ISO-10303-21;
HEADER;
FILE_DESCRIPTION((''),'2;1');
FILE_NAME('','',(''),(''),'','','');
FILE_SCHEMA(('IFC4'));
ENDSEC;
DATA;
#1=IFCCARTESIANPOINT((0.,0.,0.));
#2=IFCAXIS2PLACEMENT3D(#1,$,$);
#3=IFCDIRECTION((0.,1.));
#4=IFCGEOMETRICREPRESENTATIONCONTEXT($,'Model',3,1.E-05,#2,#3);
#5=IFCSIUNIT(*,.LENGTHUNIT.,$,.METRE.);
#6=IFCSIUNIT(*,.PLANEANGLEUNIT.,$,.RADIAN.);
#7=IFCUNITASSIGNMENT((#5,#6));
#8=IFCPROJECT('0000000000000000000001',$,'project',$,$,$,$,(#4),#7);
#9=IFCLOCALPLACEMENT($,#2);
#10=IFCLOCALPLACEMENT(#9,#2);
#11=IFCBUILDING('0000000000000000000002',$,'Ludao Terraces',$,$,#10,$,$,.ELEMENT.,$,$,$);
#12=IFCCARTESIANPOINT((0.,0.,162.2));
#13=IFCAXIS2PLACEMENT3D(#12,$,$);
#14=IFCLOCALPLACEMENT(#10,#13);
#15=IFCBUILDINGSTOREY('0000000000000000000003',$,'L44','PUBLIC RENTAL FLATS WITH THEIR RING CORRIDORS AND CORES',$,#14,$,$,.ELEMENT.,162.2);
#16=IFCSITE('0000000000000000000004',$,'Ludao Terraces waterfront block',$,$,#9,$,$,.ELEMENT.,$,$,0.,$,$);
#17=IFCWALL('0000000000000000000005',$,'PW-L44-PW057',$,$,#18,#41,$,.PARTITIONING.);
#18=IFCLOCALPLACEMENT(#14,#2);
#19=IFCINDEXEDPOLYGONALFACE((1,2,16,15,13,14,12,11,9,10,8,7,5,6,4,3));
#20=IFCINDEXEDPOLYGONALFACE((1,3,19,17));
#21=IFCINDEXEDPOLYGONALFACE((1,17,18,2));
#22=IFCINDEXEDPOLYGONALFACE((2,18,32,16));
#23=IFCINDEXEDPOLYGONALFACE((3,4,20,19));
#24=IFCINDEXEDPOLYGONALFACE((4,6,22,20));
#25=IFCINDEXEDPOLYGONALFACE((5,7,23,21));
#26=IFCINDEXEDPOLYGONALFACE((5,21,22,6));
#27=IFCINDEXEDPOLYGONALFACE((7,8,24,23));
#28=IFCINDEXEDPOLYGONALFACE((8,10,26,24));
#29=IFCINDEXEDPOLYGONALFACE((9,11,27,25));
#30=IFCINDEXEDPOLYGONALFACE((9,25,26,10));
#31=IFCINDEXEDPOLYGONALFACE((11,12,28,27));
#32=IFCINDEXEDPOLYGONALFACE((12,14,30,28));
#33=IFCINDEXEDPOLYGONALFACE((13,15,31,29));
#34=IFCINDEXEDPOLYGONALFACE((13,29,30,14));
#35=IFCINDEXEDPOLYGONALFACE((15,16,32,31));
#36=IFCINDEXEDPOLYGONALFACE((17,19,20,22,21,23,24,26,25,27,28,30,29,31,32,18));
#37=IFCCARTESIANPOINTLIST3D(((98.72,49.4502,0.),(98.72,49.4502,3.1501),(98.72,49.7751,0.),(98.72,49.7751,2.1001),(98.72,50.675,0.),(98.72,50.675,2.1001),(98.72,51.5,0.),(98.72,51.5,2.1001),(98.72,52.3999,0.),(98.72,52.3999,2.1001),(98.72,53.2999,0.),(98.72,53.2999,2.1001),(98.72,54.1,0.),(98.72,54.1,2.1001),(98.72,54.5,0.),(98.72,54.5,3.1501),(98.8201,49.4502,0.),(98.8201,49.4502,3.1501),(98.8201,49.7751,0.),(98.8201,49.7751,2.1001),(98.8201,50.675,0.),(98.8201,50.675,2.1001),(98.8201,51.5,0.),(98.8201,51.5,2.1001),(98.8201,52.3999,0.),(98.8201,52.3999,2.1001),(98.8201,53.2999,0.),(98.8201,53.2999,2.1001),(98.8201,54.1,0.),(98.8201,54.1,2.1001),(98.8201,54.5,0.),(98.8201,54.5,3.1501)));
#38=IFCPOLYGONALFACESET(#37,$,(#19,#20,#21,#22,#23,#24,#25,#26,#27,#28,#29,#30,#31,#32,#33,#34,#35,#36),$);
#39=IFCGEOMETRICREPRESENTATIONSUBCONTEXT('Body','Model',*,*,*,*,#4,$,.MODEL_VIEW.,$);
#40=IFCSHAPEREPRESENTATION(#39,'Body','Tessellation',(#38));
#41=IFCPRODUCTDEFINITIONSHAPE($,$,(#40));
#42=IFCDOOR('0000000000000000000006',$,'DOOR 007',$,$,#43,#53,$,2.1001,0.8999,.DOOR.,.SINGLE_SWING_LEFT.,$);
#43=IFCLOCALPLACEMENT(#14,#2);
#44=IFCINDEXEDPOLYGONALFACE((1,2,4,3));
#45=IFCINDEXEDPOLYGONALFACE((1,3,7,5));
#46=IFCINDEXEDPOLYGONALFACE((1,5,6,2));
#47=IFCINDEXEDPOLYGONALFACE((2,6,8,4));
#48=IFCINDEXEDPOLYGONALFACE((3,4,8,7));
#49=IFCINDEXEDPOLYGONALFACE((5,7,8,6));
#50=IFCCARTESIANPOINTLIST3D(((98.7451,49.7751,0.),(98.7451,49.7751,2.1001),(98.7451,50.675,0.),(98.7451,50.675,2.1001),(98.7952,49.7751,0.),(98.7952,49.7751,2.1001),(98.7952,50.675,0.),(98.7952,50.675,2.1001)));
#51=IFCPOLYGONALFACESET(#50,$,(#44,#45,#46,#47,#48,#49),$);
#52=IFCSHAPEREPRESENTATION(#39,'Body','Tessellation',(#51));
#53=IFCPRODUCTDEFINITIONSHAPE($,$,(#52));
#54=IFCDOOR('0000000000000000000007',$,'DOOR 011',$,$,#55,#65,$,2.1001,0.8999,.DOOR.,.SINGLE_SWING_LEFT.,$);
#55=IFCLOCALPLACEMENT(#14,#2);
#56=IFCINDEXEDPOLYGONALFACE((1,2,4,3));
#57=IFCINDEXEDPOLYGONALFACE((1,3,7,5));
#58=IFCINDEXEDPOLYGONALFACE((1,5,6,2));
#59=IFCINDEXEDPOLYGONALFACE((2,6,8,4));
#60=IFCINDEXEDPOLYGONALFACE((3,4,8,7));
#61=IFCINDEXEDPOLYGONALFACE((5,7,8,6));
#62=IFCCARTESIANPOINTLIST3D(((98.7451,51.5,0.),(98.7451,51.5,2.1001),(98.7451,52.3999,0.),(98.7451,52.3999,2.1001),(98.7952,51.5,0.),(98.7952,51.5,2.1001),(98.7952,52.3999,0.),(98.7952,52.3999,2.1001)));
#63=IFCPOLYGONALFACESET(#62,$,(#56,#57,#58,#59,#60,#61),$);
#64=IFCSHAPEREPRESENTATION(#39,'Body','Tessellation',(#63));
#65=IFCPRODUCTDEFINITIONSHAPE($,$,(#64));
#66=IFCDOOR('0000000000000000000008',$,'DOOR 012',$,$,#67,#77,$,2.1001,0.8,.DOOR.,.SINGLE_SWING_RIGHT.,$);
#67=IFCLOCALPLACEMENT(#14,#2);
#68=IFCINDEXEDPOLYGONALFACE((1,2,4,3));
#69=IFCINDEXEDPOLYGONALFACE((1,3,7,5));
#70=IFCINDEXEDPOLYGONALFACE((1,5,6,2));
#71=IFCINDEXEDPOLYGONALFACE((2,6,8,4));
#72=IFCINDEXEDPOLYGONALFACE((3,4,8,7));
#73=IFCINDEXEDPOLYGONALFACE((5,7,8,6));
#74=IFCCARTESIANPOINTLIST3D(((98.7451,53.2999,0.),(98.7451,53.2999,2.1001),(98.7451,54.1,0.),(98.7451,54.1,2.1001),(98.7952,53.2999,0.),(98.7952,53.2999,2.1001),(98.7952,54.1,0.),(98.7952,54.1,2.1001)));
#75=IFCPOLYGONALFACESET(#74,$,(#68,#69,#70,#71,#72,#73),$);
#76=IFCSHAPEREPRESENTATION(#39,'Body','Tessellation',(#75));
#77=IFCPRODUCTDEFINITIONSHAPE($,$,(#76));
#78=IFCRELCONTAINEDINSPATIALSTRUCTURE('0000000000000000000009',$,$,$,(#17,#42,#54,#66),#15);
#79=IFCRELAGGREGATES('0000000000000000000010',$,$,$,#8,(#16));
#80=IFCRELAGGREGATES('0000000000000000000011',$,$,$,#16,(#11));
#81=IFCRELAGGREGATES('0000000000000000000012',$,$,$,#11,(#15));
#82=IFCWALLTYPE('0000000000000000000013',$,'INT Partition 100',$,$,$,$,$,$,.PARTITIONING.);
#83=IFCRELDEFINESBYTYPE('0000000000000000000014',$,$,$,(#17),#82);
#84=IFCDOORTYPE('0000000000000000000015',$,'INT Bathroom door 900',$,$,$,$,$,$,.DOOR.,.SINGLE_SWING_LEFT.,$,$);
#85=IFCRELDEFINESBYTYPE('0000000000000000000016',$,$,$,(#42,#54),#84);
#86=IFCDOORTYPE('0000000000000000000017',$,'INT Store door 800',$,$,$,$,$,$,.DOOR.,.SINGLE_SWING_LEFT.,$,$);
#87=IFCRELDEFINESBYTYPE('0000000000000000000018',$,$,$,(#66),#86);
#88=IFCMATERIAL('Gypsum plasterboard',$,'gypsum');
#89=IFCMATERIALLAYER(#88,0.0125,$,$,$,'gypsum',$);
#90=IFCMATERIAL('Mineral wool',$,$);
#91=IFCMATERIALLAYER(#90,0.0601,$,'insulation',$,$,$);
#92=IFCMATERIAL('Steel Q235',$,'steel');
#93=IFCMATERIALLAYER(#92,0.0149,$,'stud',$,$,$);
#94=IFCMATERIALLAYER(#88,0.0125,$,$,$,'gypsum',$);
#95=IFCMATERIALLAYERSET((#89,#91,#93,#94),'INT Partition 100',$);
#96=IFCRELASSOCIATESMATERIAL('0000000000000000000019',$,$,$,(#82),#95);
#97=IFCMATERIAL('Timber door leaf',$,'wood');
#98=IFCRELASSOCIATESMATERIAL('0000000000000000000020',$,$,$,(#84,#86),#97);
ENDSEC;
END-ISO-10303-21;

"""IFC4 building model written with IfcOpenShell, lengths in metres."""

from ifc_helpers import new_model, si_unit, direction, frame, frame_2d, origin, place, context, subcontext, project, spatial, rectangle, extrude, material, layer, layer_set, type_object, element, fill, save


model = new_model("IFC4")

# Units and contexts
model_context = context("Model", 3, precision=1e-05, world=origin(), true_north=direction((0.0, 1.0)))
body_context = subcontext(model_context, "Body", "Model", "MODEL_VIEW")
ifc_project = project(units=[si_unit("LENGTHUNIT", "METRE"), si_unit("PLANEANGLEUNIT", "RADIAN")], contexts=[model_context])

# Site, building, storey
site_placement = place(None, origin())
site = spatial("IfcSite", under=ifc_project, at=site_placement, Name="Ludao Terraces waterfront block", CompositionType="ELEMENT", RefElevation=0.0)
building_placement = place(site_placement, origin())
building = spatial("IfcBuilding", under=site, at=building_placement, Name="Ludao Terraces", CompositionType="ELEMENT")
storey_placement = place(building_placement, frame((0.0, 0.0, 162.2)))
storey = spatial("IfcBuildingStorey", under=building, at=storey_placement, Name="L44", Description="PUBLIC RENTAL FLATS WITH THEIR RING CORRIDORS AND CORES", CompositionType="ELEMENT", Elevation=162.2)

# Shared definitions
ifc_material_1 = material(Name="Mineral wool")

# Shared definitions
ifc_material_2 = material(Name="Steel Q235", Category="steel")

# Shared definitions
ifc_material_3 = material(Name="Gypsum plasterboard", Category="gypsum")
ifc_layer_1 = layer(ifc_material_3, 0.0125, Category="gypsum")
ifc_layer_2 = layer(ifc_material_1, 0.0601, Name="insulation")
ifc_layer_3 = layer(ifc_material_2, 0.0149, Name="stud")
ifc_layer_4 = layer(ifc_material_3, 0.0125, Category="gypsum")
ifc_layer_set_1 = layer_set([ifc_layer_1, ifc_layer_2, ifc_layer_3, ifc_layer_4], Name="INT Partition 100")
wall_type_1 = type_object("IfcWallType", Name="INT Partition 100", PredefinedType="PARTITIONING", material=ifc_layer_set_1)

# Wall, openings, doors
wall_1_placement = place(storey_placement, frame((98.77, 49.4502, 0.0), z_axis=(0.0, 0.0, 1.0), x_axis=(0.0, 1.0, 0.0)))
wall_1 = element("IfcWall", 1, at=wall_1_placement, inside=storey, type_object=wall_type_1, Name="PW-L44-PW057", PredefinedType="PARTITIONING", context=body_context, shape_type="SweptSolid", body=[
    extrude(rectangle(XDim=5.0498, YDim=0.1001, at=frame_2d((2.5249, 0.0))), origin(), (0.0, 0.0, 1.0), 3.1501),
])
opening_1_placement = place(wall_1_placement, frame((0.325, 0.0, 0.0)))
opening_1 = element("IfcOpeningElement", 2, at=opening_1_placement, cuts=wall_1, PredefinedType="OPENING", context=body_context, shape_type="SweptSolid", body=[
    extrude(rectangle(XDim=0.8999, YDim=2.1001, at=frame_2d((0.45, 1.05))), frame((0.0, 0.0601, 0.0), z_axis=(0.0, -1.0, 0.0), x_axis=(1.0, 0.0, 0.0)), (0.0, 0.0, 1.0), 0.1201),
])
opening_2_placement = place(wall_1_placement, frame((2.0498, 0.0, 0.0)))
opening_2 = element("IfcOpeningElement", 3, at=opening_2_placement, cuts=wall_1, PredefinedType="OPENING", context=body_context, shape_type="SweptSolid", body=[
    extrude(rectangle(XDim=0.8999, YDim=2.1001, at=frame_2d((0.45, 1.05))), frame((0.0, 0.0601, 0.0), z_axis=(0.0, -1.0, 0.0), x_axis=(1.0, 0.0, 0.0)), (0.0, 0.0, 1.0), 0.1201),
])
opening_3_placement = place(wall_1_placement, frame((3.8499, 0.0, 0.0)))
opening_3 = element("IfcOpeningElement", 4, at=opening_3_placement, cuts=wall_1, PredefinedType="OPENING", context=body_context, shape_type="SweptSolid", body=[
    extrude(rectangle(XDim=0.8, YDim=2.1001, at=frame_2d((0.3999, 1.05))), frame((0.0, 0.0601, 0.0), z_axis=(0.0, -1.0, 0.0), x_axis=(1.0, 0.0, 0.0)), (0.0, 0.0, 1.0), 0.1201),
])
ifc_material_4 = material(Name="Timber door leaf", Category="wood")
door_type_1 = type_object("IfcDoorType", Name="INT Bathroom door 900", OperationType="SINGLE_SWING_LEFT", PredefinedType="DOOR", material=ifc_material_4)
door_1_placement = place(opening_1_placement, origin())
door_1 = element("IfcDoor", 5, at=door_1_placement, inside=storey, type_object=door_type_1, Name="DOOR 007", OperationType="SINGLE_SWING_LEFT", OverallHeight=2.1001, OverallWidth=0.8999, PredefinedType="DOOR", context=body_context, shape_type="SweptSolid", body=[
    extrude(rectangle(XDim=0.8999, YDim=2.1001, at=frame_2d((0.45, 1.05))), frame((0.0, 0.0249, 0.0), z_axis=(0.0, -1.0, 0.0), x_axis=(1.0, 0.0, 0.0)), (0.0, 0.0, 1.0), 0.05),
])
fill(opening_1, door_1)
door_2_placement = place(opening_2_placement, origin())
door_2 = element("IfcDoor", 6, at=door_2_placement, inside=storey, type_object=door_type_1, Name="DOOR 011", OperationType="SINGLE_SWING_LEFT", OverallHeight=2.1001, OverallWidth=0.8999, PredefinedType="DOOR", context=body_context, shape_type="SweptSolid", body=[
    extrude(rectangle(XDim=0.8999, YDim=2.1001, at=frame_2d((0.45, 1.05))), frame((0.0, 0.0249, 0.0), z_axis=(0.0, -1.0, 0.0), x_axis=(1.0, 0.0, 0.0)), (0.0, 0.0, 1.0), 0.05),
])
fill(opening_2, door_2)
door_type_2 = type_object("IfcDoorType", Name="INT Store door 800", OperationType="SINGLE_SWING_LEFT", PredefinedType="DOOR", material=ifc_material_4)
door_3_placement = place(opening_3_placement, origin())
door_3 = element("IfcDoor", 7, at=door_3_placement, inside=storey, type_object=door_type_2, Name="DOOR 012", OperationType="SINGLE_SWING_RIGHT", OverallHeight=2.1001, OverallWidth=0.8, PredefinedType="DOOR", context=body_context, shape_type="SweptSolid", body=[
    extrude(rectangle(XDim=0.8, YDim=2.1001, at=frame_2d((0.3999, 1.05))), frame((0.0, 0.0249, 0.0), z_axis=(0.0, -1.0, 0.0), x_axis=(1.0, 0.0, 0.0)), (0.0, 0.0, 1.0), 0.05),
])
fill(opening_3, door_3)

save(model, "model.ifc")
